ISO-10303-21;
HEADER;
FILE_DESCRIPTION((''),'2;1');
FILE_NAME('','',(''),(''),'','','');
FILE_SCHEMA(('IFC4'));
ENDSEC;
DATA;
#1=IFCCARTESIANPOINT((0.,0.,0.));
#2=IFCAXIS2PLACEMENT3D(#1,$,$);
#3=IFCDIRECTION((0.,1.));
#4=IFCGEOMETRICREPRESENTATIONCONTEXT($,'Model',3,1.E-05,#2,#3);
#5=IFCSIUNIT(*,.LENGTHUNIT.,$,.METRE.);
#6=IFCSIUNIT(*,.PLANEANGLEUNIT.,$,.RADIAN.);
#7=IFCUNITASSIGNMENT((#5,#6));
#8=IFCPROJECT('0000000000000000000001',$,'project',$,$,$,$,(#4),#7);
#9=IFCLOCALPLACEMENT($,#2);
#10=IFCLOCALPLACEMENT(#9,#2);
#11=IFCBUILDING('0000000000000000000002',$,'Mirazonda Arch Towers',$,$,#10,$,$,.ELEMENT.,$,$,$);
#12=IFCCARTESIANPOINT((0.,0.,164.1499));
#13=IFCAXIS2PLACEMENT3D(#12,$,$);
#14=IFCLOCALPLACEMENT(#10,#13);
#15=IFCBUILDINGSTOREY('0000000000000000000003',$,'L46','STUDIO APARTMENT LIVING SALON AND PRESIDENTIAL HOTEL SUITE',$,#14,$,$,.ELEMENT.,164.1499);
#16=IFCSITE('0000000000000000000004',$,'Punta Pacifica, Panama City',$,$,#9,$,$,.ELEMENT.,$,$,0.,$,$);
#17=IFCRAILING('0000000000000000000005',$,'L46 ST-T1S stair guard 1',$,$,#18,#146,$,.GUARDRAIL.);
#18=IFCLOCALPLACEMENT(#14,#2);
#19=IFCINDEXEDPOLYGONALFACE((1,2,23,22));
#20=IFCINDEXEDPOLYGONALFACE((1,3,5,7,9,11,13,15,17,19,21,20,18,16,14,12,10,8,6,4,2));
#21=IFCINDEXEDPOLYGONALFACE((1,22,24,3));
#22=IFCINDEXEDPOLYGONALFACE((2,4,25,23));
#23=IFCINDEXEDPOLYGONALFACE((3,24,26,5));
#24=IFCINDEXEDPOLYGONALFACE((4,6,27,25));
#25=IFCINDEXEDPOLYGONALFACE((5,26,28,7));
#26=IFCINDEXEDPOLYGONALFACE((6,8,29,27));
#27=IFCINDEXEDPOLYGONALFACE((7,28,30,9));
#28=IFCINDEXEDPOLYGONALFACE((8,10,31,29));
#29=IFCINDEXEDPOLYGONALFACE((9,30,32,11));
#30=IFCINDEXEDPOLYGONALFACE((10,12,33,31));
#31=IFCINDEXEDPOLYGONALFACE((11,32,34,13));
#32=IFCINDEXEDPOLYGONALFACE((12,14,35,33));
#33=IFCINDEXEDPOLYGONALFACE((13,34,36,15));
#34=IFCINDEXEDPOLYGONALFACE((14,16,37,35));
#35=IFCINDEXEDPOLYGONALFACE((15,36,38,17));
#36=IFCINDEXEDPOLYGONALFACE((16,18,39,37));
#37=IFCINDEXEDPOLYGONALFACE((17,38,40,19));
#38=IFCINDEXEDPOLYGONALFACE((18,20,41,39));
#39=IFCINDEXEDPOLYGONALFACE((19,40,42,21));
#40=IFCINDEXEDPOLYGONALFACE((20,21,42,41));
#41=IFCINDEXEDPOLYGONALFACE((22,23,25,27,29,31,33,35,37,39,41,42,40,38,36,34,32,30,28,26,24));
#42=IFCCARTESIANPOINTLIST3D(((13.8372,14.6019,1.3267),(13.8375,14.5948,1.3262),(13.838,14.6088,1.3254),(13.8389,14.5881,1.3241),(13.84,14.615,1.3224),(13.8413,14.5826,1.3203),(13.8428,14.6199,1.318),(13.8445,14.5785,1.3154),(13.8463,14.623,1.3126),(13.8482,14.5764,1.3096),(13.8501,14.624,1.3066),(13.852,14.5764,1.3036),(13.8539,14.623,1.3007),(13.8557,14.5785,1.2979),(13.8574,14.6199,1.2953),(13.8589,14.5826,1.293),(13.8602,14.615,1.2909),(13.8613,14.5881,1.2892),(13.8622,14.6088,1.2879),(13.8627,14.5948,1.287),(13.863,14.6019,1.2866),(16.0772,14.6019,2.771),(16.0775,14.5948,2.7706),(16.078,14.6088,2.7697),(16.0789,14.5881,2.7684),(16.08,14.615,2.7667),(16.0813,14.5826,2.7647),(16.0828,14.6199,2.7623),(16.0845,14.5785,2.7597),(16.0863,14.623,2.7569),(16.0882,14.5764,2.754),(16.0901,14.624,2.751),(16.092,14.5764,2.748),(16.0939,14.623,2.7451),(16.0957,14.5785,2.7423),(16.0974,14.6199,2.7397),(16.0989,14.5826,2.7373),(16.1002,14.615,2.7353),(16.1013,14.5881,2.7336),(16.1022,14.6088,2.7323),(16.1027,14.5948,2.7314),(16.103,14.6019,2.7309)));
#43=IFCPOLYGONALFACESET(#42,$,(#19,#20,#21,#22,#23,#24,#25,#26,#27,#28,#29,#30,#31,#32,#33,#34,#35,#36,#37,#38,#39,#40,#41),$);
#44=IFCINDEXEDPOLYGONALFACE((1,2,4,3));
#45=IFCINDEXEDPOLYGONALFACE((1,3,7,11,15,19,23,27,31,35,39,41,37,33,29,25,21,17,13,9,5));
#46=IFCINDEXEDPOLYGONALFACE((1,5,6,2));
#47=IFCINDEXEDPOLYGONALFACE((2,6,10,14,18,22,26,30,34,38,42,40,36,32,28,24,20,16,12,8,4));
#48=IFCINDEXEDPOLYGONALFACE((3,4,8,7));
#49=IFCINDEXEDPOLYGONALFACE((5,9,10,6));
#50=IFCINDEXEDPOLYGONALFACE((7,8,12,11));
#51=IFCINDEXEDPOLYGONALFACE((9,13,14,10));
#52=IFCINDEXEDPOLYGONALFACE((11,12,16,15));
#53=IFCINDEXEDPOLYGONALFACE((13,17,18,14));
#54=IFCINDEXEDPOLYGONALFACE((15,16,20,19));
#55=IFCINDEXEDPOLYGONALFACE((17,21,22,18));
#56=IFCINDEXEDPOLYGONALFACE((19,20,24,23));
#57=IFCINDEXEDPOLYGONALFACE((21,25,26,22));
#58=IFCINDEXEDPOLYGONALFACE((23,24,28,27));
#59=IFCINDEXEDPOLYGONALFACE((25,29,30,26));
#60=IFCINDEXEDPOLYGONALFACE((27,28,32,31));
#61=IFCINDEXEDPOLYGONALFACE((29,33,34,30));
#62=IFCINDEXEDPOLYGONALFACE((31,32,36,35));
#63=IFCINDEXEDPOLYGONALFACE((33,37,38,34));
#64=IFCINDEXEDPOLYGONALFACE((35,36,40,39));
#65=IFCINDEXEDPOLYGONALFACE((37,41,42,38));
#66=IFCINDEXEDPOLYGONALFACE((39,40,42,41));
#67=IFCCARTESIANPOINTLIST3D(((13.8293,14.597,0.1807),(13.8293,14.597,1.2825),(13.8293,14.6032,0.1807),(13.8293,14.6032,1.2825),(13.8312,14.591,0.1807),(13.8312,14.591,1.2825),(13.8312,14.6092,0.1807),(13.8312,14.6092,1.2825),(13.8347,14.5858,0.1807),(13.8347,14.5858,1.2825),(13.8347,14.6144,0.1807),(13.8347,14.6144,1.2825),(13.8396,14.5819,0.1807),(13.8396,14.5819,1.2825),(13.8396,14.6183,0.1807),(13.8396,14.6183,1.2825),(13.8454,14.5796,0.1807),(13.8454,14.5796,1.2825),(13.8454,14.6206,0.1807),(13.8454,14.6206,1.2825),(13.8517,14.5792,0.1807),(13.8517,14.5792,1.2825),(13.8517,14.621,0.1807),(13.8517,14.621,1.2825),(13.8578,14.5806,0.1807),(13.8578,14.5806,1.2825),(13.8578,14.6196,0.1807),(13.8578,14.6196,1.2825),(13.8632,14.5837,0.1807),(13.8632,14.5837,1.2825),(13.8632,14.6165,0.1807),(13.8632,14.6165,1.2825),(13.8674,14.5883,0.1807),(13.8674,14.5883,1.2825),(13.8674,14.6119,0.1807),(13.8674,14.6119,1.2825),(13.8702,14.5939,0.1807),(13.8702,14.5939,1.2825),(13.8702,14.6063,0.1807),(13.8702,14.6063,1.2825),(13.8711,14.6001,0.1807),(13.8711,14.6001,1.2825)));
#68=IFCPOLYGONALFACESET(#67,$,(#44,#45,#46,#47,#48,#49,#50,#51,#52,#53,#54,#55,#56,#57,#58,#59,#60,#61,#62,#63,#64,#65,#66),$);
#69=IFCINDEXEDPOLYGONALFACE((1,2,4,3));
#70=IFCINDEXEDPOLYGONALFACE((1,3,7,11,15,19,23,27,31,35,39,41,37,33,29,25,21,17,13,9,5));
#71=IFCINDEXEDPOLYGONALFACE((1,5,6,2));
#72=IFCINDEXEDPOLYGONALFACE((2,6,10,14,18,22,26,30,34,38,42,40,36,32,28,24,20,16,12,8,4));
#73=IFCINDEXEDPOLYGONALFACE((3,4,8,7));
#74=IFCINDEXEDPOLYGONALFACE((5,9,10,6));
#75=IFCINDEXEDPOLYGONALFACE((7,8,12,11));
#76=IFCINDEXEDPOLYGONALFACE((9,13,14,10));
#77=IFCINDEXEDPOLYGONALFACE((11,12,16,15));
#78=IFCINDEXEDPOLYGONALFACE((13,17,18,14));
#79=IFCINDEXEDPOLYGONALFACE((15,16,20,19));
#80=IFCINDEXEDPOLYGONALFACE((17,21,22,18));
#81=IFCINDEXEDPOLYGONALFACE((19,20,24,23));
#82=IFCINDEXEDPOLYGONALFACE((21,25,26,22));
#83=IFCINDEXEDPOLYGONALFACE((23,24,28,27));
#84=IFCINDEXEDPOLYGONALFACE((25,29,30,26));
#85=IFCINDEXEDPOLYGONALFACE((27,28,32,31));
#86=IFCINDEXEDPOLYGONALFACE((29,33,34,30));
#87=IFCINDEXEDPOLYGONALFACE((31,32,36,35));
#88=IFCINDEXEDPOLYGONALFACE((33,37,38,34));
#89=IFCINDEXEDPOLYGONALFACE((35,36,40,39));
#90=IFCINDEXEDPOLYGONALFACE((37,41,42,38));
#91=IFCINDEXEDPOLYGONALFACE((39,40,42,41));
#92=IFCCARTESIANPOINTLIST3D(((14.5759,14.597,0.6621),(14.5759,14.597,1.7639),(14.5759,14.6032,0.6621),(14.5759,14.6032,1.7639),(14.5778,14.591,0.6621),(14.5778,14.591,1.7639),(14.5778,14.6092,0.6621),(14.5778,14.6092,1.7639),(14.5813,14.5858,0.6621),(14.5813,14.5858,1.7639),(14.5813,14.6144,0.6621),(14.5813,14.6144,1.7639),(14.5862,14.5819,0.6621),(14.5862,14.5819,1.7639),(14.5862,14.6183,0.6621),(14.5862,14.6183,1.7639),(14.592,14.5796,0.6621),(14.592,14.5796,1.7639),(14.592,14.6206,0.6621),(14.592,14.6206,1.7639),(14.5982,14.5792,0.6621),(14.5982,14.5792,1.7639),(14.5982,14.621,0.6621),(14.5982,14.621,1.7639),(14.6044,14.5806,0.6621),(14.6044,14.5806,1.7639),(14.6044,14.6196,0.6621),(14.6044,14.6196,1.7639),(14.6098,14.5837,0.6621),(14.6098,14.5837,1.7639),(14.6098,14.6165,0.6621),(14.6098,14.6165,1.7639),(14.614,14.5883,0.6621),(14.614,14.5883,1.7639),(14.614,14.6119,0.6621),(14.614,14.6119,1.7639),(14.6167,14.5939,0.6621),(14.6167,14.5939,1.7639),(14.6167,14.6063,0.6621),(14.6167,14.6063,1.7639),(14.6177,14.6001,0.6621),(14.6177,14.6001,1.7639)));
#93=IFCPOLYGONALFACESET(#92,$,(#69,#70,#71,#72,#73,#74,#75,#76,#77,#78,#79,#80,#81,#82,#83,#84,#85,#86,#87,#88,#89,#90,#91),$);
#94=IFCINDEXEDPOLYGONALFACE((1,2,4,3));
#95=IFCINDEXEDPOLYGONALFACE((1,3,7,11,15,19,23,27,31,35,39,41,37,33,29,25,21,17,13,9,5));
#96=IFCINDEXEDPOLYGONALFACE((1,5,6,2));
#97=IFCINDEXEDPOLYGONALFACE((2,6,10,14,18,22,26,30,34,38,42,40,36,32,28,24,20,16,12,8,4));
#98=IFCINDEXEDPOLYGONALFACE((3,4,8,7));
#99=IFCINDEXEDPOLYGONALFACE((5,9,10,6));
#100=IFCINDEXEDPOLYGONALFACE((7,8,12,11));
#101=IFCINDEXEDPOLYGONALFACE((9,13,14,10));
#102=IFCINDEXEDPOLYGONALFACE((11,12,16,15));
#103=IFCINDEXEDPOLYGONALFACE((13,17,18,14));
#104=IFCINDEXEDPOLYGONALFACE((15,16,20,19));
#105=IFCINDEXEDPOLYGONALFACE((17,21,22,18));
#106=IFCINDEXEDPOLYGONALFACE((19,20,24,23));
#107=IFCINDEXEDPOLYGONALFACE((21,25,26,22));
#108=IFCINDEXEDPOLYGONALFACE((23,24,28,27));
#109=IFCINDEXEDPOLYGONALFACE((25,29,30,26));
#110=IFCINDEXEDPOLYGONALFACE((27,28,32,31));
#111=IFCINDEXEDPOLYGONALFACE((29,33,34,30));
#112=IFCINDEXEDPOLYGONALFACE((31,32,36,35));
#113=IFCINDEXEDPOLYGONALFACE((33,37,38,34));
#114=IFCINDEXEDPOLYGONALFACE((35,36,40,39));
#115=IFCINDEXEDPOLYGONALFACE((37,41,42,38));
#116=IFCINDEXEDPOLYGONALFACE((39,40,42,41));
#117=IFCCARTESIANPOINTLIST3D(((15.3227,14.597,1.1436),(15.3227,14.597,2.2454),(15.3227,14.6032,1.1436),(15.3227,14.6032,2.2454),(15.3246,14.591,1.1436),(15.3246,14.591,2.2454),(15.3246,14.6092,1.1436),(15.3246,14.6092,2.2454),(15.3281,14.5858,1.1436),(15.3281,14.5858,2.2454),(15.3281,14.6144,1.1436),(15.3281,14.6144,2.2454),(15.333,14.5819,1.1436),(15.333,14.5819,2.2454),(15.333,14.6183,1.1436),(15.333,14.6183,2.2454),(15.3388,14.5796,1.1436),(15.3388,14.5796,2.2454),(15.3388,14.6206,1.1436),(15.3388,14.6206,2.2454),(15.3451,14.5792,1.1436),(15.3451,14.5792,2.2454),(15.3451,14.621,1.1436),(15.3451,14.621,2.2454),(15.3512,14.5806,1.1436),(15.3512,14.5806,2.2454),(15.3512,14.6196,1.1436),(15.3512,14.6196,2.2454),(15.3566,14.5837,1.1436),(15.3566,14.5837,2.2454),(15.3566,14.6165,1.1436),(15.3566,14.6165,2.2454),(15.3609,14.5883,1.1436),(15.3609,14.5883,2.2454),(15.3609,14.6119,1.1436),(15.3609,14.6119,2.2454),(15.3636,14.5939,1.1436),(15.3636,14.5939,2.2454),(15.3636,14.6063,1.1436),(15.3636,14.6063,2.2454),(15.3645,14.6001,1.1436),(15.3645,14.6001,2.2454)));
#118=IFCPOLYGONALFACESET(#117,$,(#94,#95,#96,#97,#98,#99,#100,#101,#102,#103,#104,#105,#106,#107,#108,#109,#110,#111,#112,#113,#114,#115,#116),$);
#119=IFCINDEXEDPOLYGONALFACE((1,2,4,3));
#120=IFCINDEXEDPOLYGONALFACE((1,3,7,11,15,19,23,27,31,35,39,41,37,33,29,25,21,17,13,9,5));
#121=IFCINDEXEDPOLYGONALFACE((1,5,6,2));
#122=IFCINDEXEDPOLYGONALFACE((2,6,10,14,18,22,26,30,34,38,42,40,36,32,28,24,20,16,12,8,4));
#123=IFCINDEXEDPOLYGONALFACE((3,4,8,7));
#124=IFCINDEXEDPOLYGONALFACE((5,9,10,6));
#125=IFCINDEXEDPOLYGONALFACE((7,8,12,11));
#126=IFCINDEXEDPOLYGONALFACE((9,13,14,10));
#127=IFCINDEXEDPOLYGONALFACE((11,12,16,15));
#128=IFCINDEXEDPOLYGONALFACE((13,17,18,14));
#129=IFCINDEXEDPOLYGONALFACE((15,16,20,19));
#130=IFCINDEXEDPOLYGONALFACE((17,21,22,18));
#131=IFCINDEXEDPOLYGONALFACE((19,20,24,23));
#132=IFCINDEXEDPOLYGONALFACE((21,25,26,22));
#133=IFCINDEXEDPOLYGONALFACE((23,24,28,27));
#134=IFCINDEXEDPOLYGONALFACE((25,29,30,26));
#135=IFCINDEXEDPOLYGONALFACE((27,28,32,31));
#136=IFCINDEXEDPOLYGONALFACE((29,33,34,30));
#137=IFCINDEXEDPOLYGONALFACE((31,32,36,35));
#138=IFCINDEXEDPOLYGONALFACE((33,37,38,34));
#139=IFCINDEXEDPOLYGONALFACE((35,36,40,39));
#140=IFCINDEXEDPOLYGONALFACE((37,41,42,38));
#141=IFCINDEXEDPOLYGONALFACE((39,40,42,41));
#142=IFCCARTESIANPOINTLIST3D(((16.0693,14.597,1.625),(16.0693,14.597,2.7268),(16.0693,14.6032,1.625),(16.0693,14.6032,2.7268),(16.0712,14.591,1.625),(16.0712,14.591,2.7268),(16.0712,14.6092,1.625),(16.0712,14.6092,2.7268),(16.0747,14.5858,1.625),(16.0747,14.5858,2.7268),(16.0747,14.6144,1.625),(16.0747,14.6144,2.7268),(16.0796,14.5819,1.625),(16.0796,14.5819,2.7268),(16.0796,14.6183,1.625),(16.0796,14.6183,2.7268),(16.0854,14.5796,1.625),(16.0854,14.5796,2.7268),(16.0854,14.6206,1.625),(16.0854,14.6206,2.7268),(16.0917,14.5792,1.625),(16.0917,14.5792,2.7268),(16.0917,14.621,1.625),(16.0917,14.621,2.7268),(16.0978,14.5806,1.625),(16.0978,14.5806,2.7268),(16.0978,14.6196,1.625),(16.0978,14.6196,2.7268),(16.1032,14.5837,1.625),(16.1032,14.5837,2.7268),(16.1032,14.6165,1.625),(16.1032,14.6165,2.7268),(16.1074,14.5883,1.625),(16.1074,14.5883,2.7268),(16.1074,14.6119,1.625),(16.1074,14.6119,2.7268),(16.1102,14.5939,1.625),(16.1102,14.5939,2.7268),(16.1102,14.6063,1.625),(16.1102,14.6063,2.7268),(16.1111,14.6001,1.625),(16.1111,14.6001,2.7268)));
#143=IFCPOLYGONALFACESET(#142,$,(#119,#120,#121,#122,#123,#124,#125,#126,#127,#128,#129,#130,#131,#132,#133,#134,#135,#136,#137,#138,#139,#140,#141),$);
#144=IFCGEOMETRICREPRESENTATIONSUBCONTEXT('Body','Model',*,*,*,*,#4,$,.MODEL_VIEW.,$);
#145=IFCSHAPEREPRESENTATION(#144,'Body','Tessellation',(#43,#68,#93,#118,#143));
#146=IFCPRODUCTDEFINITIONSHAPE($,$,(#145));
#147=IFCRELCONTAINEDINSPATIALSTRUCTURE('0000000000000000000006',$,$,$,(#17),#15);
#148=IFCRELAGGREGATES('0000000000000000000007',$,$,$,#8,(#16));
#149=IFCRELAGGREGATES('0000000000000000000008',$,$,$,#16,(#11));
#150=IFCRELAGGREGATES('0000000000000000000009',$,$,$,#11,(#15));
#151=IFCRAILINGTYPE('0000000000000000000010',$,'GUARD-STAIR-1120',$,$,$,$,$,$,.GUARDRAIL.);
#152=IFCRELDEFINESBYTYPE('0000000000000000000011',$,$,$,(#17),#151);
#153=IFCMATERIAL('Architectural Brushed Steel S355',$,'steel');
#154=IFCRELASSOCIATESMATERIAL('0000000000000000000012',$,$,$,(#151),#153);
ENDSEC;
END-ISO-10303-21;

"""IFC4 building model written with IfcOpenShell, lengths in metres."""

from ifc_helpers import new_model, si_unit, direction, frame, origin, origin_2d, place, context, subcontext, project, spatial, circle, extrude, material, type_object, element, save


model = new_model("IFC4")

# Units and contexts
model_context = context("Model", 3, precision=1e-05, world=origin(), true_north=direction((0.0, 1.0)))
body_context = subcontext(model_context, "Body", "Model", "MODEL_VIEW")
ifc_project = project(units=[si_unit("LENGTHUNIT", "METRE"), si_unit("PLANEANGLEUNIT", "RADIAN")], contexts=[model_context])

# Site, building, storey
site_placement = place(None, origin())
site = spatial("IfcSite", under=ifc_project, at=site_placement, Name="Punta Pacifica, Panama City", CompositionType="ELEMENT", RefElevation=0.0)
building_placement = place(site_placement, origin())
building = spatial("IfcBuilding", under=site, at=building_placement, Name="Mirazonda Arch Towers", CompositionType="ELEMENT")
storey_placement = place(building_placement, frame((0.0, 0.0, 164.1499)))
storey = spatial("IfcBuildingStorey", under=building, at=storey_placement, Name="L46", Description="STUDIO APARTMENT LIVING SALON AND PRESIDENTIAL HOTEL SUITE", CompositionType="ELEMENT", Elevation=164.1499)

# Shared definitions
ifc_material_1 = material(Name="Architectural Brushed Steel S355", Category="steel")

# Railing
railing_type_1 = type_object("IfcRailingType", Name="GUARD-STAIR-1120", PredefinedType="GUARDRAIL", material=ifc_material_1)
railing_1_placement = place(storey_placement, frame((13.8501, 14.6001, 0.1807)))
element("IfcRailing", 1, at=railing_1_placement, inside=storey, type_object=railing_type_1, Name="L46 ST-T1S stair guard 1", PredefinedType="GUARDRAIL", context=body_context, shape_type="SweptSolid", body=[
    extrude(circle(Radius=0.0239, at=origin_2d()), frame((0.0, 0.0, 1.126), z_axis=(0.840437, 0.0, 0.54191), x_axis=(0.0, 1.0, 0.0)), (0.0, 0.0, 1.0), 2.6653),
    extrude(circle(Radius=0.021, at=origin_2d()), origin(), (0.0, 0.0, 1.0), 1.1018),
    extrude(circle(Radius=0.021, at=origin_2d()), frame((0.7466, 0.0, 0.4814)), (0.0, 0.0, 1.0), 1.1018),
    extrude(circle(Radius=0.021, at=origin_2d()), frame((1.4934, 0.0, 0.9629)), (0.0, 0.0, 1.0), 1.1018),
    extrude(circle(Radius=0.021, at=origin_2d()), frame((2.24, 0.0, 1.4443)), (0.0, 0.0, 1.0), 1.1018),
])

save(model, "model.ifc")
